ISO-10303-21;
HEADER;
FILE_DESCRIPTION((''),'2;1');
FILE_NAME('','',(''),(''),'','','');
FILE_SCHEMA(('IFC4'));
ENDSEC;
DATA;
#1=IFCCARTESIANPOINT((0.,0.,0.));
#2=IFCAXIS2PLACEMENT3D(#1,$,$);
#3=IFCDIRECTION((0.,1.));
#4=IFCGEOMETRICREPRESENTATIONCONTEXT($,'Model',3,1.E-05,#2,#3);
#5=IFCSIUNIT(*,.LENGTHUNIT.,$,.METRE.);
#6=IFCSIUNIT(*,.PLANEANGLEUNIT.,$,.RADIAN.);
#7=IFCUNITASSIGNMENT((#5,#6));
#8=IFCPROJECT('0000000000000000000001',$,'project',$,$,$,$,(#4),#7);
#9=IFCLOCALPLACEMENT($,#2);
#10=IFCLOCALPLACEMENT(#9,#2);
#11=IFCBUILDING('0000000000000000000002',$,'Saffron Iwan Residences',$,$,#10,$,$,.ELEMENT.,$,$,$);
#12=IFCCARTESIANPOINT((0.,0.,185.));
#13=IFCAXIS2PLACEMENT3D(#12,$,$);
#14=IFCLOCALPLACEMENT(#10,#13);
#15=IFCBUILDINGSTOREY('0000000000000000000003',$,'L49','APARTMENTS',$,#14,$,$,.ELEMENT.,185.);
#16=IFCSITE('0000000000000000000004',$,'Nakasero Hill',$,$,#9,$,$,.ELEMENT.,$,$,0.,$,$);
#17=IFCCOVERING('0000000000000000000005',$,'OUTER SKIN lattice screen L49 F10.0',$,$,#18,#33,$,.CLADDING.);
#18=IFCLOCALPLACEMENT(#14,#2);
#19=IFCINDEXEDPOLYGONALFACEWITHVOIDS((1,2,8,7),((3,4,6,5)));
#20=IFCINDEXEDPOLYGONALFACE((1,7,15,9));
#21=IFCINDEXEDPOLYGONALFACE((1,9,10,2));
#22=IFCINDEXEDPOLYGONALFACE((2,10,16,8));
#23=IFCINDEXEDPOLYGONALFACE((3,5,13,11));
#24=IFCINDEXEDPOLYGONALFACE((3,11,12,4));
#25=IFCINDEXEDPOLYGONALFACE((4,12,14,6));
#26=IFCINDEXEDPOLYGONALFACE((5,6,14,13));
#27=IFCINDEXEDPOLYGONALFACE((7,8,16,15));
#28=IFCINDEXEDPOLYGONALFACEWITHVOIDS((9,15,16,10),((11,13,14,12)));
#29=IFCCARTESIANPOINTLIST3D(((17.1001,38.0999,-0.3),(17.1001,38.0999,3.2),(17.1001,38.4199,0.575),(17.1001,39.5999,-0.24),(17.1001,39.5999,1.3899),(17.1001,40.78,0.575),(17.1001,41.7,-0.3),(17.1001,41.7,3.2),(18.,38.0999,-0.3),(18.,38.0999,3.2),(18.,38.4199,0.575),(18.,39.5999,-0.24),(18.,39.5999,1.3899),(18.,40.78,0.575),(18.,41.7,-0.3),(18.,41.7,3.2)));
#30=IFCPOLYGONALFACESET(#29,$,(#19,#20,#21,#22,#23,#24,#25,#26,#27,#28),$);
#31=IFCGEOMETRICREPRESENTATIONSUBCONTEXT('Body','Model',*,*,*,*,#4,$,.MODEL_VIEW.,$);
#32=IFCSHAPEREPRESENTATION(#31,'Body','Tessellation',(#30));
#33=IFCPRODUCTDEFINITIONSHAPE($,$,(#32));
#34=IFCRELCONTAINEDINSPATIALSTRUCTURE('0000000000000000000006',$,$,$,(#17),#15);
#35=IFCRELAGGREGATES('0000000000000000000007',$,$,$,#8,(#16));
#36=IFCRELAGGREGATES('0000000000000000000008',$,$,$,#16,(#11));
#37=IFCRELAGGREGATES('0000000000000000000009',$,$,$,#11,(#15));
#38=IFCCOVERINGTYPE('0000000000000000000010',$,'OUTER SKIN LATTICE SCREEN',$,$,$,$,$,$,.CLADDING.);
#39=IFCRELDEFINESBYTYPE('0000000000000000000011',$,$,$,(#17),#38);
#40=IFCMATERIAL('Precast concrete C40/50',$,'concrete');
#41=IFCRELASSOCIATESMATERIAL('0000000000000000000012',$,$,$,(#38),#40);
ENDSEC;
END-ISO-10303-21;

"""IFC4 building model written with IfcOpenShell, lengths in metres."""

from ifc_helpers import new_model, si_unit, direction, frame, origin, place, context, subcontext, project, spatial, polyline, outline, extrude, material, type_object, element, save


model = new_model("IFC4")

# Units and contexts
model_context = context("Model", 3, precision=1e-05, world=origin(), true_north=direction((0.0, 1.0)))
body_context = subcontext(model_context, "Body", "Model", "MODEL_VIEW")
ifc_project = project(units=[si_unit("LENGTHUNIT", "METRE"), si_unit("PLANEANGLEUNIT", "RADIAN")], contexts=[model_context])

# Site, building, storey
site_placement = place(None, origin())
site = spatial("IfcSite", under=ifc_project, at=site_placement, Name="Nakasero Hill", CompositionType="ELEMENT", RefElevation=0.0)
building_placement = place(site_placement, origin())
building = spatial("IfcBuilding", under=site, at=building_placement, Name="Saffron Iwan Residences", CompositionType="ELEMENT")
storey_placement = place(building_placement, frame((0.0, 0.0, 185.0)))
storey = spatial("IfcBuildingStorey", under=building, at=storey_placement, Name="L49", Description="APARTMENTS", CompositionType="ELEMENT", Elevation=185.0)

# Covering
ifc_material_1 = material(Name="Precast concrete C40/50", Category="concrete")
covering_type = type_object("IfcCoveringType", Name="OUTER SKIN LATTICE SCREEN", PredefinedType="CLADDING", material=ifc_material_1)
for number, where, z_axis, x_axis, name in (
    (1, (18.0, 41.7, -0.3), (-1.0, 0.0, 0.0), (0.0, -1.0, 0.0), "OUTER SKIN lattice screen L49 F10.0"),
):
    element("IfcCovering", number, at=place(storey_placement, frame(where, z_axis=z_axis, x_axis=x_axis)), inside=storey, type_object=covering_type, Name=name, PredefinedType="CLADDING", context=body_context, shape_type="SweptSolid", body=[
        extrude(outline(polyline([(0.0, 0.0), (3.6001, 0.0), (3.6001, 3.5), (0.0, 3.5), (0.0, 0.0)]), holes=[polyline([(0.9199, 0.875), (2.1001, 0.0601), (3.28, 0.875), (2.1001, 1.6899), (0.9199, 0.875)])]), origin(), (0.0, 0.0, 1.0), 0.8999),
    ])

save(model, "model.ifc")
